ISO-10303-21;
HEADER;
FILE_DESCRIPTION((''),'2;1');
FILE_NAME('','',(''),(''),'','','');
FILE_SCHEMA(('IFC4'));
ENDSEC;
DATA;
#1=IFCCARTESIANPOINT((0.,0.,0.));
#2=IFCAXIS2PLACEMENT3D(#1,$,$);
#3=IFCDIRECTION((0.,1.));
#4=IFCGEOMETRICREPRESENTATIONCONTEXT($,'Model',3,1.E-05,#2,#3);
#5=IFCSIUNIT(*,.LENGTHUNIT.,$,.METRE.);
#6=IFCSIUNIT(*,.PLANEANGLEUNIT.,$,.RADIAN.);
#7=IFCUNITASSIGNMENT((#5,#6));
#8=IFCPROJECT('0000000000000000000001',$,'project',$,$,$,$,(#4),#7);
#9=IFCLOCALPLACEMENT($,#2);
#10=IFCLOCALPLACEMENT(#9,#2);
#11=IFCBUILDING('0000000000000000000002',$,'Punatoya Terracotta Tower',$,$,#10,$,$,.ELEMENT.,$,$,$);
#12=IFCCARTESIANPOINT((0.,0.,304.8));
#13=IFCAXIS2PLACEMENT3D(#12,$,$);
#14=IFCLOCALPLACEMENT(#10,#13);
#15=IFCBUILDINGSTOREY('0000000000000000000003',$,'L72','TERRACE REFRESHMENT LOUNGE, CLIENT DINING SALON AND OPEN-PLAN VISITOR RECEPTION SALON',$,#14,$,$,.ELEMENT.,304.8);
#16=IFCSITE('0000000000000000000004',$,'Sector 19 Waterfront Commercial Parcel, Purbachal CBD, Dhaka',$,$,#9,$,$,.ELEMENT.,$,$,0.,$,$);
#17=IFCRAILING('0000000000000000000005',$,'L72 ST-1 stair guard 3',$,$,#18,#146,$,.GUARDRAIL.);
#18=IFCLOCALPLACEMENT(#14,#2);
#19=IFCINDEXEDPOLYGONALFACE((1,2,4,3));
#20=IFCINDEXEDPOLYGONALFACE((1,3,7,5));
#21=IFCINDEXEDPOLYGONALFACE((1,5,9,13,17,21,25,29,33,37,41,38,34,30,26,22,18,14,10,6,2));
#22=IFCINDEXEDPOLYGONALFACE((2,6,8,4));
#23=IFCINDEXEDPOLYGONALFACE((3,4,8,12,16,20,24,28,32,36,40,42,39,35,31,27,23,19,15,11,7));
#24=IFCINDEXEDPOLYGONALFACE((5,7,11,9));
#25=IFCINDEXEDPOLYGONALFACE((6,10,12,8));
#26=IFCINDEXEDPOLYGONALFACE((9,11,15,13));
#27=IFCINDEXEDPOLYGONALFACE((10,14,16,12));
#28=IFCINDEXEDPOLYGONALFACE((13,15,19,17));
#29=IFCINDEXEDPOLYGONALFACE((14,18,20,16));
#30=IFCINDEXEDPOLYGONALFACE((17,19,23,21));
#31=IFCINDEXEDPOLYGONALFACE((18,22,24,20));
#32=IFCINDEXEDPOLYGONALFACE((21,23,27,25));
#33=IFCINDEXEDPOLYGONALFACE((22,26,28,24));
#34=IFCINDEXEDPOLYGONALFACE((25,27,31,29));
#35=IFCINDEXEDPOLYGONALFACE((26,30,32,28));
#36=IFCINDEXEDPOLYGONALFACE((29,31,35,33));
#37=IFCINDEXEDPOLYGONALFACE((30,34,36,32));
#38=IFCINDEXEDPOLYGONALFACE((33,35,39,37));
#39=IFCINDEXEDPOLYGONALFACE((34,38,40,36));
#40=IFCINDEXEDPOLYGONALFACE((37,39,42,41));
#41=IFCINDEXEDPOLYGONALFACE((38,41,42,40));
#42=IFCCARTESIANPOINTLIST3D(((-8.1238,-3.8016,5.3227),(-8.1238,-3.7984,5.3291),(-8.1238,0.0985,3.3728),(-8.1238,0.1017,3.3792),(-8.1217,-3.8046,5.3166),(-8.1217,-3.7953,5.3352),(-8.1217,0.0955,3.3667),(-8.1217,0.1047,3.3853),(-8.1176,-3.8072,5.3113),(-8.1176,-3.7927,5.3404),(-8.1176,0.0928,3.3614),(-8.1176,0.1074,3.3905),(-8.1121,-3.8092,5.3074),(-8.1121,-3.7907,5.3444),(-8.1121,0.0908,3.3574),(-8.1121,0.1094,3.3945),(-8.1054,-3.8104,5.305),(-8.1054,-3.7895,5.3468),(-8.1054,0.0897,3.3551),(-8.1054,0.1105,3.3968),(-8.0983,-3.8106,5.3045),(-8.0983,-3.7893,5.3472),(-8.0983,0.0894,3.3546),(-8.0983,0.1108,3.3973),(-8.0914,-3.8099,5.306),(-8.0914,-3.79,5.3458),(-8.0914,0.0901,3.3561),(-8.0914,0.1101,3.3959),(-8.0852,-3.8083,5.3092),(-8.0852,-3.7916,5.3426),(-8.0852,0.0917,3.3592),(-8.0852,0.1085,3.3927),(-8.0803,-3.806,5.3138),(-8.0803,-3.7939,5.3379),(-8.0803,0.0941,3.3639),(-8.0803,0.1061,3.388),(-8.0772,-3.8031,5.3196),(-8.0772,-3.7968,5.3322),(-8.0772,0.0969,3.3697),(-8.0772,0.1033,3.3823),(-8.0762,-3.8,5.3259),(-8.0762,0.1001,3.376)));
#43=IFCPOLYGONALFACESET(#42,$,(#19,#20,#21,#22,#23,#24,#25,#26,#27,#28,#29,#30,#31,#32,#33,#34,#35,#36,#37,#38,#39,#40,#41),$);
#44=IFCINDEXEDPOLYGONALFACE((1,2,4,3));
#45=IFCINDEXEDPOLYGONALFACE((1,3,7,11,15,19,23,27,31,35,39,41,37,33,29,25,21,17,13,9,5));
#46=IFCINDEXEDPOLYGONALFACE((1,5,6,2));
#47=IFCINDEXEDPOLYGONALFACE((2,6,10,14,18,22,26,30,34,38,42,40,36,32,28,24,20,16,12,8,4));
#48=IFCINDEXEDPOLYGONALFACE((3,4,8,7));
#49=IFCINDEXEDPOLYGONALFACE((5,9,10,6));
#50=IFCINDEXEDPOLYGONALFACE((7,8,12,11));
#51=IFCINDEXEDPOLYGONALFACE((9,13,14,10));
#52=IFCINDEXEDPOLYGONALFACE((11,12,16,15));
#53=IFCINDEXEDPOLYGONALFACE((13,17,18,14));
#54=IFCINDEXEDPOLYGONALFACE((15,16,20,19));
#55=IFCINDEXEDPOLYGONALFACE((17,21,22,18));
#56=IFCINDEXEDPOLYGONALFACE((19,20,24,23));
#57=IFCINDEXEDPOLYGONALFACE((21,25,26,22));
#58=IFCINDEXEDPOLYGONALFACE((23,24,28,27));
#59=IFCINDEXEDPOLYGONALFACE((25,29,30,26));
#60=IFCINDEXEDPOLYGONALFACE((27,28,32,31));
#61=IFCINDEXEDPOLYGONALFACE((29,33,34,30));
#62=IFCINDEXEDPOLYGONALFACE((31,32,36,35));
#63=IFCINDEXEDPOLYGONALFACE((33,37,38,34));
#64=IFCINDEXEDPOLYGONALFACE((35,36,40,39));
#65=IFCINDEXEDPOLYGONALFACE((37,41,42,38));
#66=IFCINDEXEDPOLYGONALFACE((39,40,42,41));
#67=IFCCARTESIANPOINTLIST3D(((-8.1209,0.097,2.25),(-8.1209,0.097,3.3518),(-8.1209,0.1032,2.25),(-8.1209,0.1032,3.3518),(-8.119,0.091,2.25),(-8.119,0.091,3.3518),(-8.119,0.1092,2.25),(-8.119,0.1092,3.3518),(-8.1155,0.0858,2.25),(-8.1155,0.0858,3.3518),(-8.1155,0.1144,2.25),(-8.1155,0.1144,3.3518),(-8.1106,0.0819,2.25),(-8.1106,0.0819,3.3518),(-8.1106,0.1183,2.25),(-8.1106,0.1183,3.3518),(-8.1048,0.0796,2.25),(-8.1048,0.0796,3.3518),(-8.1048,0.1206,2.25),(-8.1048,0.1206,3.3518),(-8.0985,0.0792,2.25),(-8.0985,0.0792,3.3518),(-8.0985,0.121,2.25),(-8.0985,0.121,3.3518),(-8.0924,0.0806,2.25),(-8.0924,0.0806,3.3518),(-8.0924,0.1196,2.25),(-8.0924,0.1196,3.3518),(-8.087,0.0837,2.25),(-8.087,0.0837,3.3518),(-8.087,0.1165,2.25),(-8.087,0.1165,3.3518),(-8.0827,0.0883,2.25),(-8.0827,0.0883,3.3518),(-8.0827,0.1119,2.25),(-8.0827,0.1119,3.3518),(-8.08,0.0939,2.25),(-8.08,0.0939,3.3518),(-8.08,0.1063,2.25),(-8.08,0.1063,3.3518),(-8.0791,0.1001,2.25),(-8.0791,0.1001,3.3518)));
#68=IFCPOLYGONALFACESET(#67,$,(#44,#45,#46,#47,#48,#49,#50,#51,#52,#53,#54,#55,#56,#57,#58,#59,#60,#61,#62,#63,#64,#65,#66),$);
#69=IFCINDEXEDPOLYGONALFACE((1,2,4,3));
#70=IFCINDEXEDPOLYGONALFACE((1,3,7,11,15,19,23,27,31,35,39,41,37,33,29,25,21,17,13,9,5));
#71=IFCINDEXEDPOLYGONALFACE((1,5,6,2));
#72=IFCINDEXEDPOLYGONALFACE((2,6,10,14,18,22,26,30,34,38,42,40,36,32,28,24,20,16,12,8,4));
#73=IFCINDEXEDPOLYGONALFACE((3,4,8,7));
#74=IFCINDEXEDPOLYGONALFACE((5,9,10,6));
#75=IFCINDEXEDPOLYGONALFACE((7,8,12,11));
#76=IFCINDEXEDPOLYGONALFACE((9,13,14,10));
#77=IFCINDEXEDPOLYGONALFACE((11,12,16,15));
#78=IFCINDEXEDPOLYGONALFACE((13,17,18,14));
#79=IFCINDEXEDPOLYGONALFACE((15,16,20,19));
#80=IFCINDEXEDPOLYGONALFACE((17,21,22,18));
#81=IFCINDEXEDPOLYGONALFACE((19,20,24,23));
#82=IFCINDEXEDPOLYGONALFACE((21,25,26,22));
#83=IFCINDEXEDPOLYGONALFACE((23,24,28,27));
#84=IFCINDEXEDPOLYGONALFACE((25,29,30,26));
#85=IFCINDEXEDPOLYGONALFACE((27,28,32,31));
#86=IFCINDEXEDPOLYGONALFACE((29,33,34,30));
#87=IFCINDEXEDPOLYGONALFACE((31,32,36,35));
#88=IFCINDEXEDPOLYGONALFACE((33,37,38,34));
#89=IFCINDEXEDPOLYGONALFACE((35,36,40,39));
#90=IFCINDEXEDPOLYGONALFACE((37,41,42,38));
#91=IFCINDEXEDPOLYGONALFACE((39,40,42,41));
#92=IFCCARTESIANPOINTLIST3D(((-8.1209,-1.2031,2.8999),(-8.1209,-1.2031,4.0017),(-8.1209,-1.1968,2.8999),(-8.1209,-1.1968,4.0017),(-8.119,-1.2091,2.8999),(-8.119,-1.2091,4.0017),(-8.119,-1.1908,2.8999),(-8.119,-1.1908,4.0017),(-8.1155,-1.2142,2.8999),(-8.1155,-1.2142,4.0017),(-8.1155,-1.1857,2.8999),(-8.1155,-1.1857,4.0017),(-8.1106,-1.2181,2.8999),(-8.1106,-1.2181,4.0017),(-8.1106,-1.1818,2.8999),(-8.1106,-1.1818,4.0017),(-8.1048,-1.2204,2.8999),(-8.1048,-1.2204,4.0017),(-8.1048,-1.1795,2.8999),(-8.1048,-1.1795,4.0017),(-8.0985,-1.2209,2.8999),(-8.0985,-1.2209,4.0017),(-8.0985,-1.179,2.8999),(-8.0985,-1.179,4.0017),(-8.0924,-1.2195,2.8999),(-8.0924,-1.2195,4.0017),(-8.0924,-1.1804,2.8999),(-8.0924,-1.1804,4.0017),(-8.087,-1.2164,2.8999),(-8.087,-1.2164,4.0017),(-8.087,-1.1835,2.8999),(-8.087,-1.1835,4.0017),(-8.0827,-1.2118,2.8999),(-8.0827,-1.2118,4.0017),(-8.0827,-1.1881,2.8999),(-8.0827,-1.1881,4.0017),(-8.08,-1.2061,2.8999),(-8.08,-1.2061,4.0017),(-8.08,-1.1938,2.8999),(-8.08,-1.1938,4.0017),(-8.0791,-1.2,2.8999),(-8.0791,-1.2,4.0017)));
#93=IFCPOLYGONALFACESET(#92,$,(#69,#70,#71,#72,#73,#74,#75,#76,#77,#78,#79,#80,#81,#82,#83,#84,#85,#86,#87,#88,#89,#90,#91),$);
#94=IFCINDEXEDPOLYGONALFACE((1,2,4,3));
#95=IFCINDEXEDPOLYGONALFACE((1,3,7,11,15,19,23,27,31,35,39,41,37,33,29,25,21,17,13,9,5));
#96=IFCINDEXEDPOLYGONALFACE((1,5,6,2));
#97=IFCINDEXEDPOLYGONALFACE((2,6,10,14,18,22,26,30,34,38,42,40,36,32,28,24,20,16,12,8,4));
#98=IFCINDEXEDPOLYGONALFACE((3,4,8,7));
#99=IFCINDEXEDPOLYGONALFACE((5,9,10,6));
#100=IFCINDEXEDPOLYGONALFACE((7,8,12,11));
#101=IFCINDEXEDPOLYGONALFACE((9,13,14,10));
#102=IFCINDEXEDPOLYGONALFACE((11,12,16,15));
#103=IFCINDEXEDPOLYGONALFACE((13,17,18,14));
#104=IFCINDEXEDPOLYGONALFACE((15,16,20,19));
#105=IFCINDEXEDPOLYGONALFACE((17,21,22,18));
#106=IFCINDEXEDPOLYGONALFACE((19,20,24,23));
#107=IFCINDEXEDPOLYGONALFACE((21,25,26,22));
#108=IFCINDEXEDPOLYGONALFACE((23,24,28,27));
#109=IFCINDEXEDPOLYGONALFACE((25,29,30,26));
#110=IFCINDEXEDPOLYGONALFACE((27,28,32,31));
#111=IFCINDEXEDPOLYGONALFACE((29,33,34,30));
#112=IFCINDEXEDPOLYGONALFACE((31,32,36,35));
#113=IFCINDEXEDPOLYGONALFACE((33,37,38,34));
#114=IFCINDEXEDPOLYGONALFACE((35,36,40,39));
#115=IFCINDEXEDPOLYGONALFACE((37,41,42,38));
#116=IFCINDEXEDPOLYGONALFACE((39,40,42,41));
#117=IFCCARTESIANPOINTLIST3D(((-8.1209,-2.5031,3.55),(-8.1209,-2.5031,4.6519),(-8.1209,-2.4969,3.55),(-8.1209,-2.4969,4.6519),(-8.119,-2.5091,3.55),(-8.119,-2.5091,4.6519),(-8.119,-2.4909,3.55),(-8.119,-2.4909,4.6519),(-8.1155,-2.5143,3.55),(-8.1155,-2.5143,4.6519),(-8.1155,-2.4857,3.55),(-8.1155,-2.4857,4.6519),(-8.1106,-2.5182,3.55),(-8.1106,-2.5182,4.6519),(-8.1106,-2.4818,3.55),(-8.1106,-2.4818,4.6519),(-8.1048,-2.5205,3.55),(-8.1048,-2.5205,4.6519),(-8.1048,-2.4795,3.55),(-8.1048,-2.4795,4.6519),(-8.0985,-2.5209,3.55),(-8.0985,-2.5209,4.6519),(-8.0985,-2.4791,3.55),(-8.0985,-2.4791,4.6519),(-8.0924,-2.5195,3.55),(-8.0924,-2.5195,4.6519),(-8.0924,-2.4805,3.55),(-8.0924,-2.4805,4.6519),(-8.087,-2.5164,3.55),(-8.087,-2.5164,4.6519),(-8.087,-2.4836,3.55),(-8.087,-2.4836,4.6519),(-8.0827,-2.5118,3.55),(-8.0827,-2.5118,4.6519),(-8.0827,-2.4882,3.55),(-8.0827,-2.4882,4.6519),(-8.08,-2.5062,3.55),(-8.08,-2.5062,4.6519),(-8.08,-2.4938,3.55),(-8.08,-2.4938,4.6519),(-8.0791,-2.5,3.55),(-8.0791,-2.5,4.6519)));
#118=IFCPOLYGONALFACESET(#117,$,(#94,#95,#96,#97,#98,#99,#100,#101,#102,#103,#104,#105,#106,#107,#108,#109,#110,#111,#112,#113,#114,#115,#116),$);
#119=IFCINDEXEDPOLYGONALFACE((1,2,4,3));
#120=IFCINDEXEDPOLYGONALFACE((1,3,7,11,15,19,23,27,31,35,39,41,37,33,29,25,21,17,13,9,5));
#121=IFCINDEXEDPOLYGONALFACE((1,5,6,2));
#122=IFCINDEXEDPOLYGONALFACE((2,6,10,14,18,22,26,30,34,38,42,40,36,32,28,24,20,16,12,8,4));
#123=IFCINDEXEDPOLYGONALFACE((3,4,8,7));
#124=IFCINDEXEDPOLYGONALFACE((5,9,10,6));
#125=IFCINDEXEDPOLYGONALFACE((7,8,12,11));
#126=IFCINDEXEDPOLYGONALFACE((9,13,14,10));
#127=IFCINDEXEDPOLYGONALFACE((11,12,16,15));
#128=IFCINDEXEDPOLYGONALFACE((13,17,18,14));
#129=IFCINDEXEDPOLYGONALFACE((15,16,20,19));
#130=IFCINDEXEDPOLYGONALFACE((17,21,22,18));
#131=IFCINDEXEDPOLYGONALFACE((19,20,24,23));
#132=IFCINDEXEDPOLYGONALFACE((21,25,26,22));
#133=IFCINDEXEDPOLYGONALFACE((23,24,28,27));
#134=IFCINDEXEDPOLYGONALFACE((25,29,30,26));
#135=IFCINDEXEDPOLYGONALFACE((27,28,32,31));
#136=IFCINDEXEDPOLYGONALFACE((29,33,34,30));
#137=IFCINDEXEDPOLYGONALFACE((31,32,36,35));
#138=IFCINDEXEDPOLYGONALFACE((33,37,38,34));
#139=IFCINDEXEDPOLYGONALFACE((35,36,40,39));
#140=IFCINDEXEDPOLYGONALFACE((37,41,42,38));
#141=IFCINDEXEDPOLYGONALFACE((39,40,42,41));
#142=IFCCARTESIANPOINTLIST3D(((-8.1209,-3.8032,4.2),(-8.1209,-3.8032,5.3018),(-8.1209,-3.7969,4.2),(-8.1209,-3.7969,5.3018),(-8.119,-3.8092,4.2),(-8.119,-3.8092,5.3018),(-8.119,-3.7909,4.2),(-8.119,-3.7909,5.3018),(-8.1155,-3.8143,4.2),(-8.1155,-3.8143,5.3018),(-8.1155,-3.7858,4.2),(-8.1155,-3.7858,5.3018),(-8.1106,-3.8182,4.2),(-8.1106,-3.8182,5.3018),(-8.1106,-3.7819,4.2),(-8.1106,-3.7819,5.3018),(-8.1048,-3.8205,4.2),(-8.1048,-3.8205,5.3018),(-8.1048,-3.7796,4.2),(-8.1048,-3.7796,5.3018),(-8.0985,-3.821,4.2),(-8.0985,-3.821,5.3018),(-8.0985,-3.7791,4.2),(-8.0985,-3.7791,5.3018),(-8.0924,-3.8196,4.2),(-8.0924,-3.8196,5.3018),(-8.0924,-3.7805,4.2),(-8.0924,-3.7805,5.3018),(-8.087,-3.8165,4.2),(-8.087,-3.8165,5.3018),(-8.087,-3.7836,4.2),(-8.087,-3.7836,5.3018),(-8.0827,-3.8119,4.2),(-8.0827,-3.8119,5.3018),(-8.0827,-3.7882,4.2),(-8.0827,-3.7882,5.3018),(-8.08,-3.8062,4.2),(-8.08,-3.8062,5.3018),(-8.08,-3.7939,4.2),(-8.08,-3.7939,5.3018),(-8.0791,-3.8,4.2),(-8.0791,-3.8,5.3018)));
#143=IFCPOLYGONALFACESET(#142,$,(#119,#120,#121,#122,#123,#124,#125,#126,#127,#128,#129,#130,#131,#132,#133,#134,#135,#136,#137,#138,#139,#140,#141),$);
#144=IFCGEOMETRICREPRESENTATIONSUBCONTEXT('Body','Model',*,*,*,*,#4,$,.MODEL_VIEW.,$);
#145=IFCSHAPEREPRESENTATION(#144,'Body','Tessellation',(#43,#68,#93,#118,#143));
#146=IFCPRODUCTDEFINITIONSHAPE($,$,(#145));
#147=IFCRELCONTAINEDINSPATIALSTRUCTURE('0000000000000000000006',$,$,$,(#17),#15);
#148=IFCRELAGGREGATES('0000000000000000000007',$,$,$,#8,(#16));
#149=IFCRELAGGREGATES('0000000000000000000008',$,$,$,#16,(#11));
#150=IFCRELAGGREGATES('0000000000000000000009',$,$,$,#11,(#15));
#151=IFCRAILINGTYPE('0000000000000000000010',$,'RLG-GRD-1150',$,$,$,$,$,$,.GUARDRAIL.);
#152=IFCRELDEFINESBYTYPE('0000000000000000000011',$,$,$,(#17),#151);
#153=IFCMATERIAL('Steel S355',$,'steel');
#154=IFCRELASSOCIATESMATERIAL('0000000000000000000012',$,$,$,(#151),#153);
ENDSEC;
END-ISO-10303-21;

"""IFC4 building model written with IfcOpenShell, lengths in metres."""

from ifc_helpers import new_model, si_unit, direction, frame, origin, origin_2d, place, context, subcontext, project, spatial, circle, extrude, material, type_object, element, save


model = new_model("IFC4")

# Units and contexts
model_context = context("Model", 3, precision=1e-05, world=origin(), true_north=direction((0.0, 1.0)))
body_context = subcontext(model_context, "Body", "Model", "MODEL_VIEW")
ifc_project = project(units=[si_unit("LENGTHUNIT", "METRE"), si_unit("PLANEANGLEUNIT", "RADIAN")], contexts=[model_context])

# Site, building, storey
site_placement = place(None, origin())
site = spatial("IfcSite", under=ifc_project, at=site_placement, Name="Sector 19 Waterfront Commercial Parcel, Purbachal CBD, Dhaka", CompositionType="ELEMENT", RefElevation=0.0)
building_placement = place(site_placement, origin())
building = spatial("IfcBuilding", under=site, at=building_placement, Name="Punatoya Terracotta Tower", CompositionType="ELEMENT")
storey_placement = place(building_placement, frame((0.0, 0.0, 304.8)))
storey = spatial("IfcBuildingStorey", under=building, at=storey_placement, Name="L72", Description="TERRACE REFRESHMENT LOUNGE, CLIENT DINING SALON AND OPEN-PLAN VISITOR RECEPTION SALON", CompositionType="ELEMENT", Elevation=304.8)

# Shared definitions
ifc_material_1 = material(Name="Steel S355", Category="steel")

# Railing
railing_type_1 = type_object("IfcRailingType", Name="RLG-GRD-1150", PredefinedType="GUARDRAIL", material=ifc_material_1)
railing_1_placement = place(storey_placement, frame((-8.1001, 0.1001, 2.25)))
element("IfcRailing", 1, at=railing_1_placement, inside=storey, type_object=railing_type_1, Name="L72 ST-1 stair guard 3", PredefinedType="GUARDRAIL", context=body_context, shape_type="SweptSolid", body=[
    extrude(circle(Radius=0.0239, at=origin_2d()), frame((0.0, 0.0, 1.126), z_axis=(0.0, -0.894438, 0.447191), x_axis=(1.0, 0.0, 0.0)), (0.0, 0.0, 1.0), 4.3604),
    extrude(circle(Radius=0.021, at=origin_2d()), origin(), (0.0, 0.0, 1.0), 1.1018),
    extrude(circle(Radius=0.021, at=origin_2d()), frame((0.0, -1.3, 0.6499)), (0.0, 0.0, 1.0), 1.1018),
    extrude(circle(Radius=0.021, at=origin_2d()), frame((0.0, -2.6001, 1.3)), (0.0, 0.0, 1.0), 1.1018),
    extrude(circle(Radius=0.021, at=origin_2d()), frame((0.0, -3.9001, 1.95)), (0.0, 0.0, 1.0), 1.1018),
])

save(model, "model.ifc")
